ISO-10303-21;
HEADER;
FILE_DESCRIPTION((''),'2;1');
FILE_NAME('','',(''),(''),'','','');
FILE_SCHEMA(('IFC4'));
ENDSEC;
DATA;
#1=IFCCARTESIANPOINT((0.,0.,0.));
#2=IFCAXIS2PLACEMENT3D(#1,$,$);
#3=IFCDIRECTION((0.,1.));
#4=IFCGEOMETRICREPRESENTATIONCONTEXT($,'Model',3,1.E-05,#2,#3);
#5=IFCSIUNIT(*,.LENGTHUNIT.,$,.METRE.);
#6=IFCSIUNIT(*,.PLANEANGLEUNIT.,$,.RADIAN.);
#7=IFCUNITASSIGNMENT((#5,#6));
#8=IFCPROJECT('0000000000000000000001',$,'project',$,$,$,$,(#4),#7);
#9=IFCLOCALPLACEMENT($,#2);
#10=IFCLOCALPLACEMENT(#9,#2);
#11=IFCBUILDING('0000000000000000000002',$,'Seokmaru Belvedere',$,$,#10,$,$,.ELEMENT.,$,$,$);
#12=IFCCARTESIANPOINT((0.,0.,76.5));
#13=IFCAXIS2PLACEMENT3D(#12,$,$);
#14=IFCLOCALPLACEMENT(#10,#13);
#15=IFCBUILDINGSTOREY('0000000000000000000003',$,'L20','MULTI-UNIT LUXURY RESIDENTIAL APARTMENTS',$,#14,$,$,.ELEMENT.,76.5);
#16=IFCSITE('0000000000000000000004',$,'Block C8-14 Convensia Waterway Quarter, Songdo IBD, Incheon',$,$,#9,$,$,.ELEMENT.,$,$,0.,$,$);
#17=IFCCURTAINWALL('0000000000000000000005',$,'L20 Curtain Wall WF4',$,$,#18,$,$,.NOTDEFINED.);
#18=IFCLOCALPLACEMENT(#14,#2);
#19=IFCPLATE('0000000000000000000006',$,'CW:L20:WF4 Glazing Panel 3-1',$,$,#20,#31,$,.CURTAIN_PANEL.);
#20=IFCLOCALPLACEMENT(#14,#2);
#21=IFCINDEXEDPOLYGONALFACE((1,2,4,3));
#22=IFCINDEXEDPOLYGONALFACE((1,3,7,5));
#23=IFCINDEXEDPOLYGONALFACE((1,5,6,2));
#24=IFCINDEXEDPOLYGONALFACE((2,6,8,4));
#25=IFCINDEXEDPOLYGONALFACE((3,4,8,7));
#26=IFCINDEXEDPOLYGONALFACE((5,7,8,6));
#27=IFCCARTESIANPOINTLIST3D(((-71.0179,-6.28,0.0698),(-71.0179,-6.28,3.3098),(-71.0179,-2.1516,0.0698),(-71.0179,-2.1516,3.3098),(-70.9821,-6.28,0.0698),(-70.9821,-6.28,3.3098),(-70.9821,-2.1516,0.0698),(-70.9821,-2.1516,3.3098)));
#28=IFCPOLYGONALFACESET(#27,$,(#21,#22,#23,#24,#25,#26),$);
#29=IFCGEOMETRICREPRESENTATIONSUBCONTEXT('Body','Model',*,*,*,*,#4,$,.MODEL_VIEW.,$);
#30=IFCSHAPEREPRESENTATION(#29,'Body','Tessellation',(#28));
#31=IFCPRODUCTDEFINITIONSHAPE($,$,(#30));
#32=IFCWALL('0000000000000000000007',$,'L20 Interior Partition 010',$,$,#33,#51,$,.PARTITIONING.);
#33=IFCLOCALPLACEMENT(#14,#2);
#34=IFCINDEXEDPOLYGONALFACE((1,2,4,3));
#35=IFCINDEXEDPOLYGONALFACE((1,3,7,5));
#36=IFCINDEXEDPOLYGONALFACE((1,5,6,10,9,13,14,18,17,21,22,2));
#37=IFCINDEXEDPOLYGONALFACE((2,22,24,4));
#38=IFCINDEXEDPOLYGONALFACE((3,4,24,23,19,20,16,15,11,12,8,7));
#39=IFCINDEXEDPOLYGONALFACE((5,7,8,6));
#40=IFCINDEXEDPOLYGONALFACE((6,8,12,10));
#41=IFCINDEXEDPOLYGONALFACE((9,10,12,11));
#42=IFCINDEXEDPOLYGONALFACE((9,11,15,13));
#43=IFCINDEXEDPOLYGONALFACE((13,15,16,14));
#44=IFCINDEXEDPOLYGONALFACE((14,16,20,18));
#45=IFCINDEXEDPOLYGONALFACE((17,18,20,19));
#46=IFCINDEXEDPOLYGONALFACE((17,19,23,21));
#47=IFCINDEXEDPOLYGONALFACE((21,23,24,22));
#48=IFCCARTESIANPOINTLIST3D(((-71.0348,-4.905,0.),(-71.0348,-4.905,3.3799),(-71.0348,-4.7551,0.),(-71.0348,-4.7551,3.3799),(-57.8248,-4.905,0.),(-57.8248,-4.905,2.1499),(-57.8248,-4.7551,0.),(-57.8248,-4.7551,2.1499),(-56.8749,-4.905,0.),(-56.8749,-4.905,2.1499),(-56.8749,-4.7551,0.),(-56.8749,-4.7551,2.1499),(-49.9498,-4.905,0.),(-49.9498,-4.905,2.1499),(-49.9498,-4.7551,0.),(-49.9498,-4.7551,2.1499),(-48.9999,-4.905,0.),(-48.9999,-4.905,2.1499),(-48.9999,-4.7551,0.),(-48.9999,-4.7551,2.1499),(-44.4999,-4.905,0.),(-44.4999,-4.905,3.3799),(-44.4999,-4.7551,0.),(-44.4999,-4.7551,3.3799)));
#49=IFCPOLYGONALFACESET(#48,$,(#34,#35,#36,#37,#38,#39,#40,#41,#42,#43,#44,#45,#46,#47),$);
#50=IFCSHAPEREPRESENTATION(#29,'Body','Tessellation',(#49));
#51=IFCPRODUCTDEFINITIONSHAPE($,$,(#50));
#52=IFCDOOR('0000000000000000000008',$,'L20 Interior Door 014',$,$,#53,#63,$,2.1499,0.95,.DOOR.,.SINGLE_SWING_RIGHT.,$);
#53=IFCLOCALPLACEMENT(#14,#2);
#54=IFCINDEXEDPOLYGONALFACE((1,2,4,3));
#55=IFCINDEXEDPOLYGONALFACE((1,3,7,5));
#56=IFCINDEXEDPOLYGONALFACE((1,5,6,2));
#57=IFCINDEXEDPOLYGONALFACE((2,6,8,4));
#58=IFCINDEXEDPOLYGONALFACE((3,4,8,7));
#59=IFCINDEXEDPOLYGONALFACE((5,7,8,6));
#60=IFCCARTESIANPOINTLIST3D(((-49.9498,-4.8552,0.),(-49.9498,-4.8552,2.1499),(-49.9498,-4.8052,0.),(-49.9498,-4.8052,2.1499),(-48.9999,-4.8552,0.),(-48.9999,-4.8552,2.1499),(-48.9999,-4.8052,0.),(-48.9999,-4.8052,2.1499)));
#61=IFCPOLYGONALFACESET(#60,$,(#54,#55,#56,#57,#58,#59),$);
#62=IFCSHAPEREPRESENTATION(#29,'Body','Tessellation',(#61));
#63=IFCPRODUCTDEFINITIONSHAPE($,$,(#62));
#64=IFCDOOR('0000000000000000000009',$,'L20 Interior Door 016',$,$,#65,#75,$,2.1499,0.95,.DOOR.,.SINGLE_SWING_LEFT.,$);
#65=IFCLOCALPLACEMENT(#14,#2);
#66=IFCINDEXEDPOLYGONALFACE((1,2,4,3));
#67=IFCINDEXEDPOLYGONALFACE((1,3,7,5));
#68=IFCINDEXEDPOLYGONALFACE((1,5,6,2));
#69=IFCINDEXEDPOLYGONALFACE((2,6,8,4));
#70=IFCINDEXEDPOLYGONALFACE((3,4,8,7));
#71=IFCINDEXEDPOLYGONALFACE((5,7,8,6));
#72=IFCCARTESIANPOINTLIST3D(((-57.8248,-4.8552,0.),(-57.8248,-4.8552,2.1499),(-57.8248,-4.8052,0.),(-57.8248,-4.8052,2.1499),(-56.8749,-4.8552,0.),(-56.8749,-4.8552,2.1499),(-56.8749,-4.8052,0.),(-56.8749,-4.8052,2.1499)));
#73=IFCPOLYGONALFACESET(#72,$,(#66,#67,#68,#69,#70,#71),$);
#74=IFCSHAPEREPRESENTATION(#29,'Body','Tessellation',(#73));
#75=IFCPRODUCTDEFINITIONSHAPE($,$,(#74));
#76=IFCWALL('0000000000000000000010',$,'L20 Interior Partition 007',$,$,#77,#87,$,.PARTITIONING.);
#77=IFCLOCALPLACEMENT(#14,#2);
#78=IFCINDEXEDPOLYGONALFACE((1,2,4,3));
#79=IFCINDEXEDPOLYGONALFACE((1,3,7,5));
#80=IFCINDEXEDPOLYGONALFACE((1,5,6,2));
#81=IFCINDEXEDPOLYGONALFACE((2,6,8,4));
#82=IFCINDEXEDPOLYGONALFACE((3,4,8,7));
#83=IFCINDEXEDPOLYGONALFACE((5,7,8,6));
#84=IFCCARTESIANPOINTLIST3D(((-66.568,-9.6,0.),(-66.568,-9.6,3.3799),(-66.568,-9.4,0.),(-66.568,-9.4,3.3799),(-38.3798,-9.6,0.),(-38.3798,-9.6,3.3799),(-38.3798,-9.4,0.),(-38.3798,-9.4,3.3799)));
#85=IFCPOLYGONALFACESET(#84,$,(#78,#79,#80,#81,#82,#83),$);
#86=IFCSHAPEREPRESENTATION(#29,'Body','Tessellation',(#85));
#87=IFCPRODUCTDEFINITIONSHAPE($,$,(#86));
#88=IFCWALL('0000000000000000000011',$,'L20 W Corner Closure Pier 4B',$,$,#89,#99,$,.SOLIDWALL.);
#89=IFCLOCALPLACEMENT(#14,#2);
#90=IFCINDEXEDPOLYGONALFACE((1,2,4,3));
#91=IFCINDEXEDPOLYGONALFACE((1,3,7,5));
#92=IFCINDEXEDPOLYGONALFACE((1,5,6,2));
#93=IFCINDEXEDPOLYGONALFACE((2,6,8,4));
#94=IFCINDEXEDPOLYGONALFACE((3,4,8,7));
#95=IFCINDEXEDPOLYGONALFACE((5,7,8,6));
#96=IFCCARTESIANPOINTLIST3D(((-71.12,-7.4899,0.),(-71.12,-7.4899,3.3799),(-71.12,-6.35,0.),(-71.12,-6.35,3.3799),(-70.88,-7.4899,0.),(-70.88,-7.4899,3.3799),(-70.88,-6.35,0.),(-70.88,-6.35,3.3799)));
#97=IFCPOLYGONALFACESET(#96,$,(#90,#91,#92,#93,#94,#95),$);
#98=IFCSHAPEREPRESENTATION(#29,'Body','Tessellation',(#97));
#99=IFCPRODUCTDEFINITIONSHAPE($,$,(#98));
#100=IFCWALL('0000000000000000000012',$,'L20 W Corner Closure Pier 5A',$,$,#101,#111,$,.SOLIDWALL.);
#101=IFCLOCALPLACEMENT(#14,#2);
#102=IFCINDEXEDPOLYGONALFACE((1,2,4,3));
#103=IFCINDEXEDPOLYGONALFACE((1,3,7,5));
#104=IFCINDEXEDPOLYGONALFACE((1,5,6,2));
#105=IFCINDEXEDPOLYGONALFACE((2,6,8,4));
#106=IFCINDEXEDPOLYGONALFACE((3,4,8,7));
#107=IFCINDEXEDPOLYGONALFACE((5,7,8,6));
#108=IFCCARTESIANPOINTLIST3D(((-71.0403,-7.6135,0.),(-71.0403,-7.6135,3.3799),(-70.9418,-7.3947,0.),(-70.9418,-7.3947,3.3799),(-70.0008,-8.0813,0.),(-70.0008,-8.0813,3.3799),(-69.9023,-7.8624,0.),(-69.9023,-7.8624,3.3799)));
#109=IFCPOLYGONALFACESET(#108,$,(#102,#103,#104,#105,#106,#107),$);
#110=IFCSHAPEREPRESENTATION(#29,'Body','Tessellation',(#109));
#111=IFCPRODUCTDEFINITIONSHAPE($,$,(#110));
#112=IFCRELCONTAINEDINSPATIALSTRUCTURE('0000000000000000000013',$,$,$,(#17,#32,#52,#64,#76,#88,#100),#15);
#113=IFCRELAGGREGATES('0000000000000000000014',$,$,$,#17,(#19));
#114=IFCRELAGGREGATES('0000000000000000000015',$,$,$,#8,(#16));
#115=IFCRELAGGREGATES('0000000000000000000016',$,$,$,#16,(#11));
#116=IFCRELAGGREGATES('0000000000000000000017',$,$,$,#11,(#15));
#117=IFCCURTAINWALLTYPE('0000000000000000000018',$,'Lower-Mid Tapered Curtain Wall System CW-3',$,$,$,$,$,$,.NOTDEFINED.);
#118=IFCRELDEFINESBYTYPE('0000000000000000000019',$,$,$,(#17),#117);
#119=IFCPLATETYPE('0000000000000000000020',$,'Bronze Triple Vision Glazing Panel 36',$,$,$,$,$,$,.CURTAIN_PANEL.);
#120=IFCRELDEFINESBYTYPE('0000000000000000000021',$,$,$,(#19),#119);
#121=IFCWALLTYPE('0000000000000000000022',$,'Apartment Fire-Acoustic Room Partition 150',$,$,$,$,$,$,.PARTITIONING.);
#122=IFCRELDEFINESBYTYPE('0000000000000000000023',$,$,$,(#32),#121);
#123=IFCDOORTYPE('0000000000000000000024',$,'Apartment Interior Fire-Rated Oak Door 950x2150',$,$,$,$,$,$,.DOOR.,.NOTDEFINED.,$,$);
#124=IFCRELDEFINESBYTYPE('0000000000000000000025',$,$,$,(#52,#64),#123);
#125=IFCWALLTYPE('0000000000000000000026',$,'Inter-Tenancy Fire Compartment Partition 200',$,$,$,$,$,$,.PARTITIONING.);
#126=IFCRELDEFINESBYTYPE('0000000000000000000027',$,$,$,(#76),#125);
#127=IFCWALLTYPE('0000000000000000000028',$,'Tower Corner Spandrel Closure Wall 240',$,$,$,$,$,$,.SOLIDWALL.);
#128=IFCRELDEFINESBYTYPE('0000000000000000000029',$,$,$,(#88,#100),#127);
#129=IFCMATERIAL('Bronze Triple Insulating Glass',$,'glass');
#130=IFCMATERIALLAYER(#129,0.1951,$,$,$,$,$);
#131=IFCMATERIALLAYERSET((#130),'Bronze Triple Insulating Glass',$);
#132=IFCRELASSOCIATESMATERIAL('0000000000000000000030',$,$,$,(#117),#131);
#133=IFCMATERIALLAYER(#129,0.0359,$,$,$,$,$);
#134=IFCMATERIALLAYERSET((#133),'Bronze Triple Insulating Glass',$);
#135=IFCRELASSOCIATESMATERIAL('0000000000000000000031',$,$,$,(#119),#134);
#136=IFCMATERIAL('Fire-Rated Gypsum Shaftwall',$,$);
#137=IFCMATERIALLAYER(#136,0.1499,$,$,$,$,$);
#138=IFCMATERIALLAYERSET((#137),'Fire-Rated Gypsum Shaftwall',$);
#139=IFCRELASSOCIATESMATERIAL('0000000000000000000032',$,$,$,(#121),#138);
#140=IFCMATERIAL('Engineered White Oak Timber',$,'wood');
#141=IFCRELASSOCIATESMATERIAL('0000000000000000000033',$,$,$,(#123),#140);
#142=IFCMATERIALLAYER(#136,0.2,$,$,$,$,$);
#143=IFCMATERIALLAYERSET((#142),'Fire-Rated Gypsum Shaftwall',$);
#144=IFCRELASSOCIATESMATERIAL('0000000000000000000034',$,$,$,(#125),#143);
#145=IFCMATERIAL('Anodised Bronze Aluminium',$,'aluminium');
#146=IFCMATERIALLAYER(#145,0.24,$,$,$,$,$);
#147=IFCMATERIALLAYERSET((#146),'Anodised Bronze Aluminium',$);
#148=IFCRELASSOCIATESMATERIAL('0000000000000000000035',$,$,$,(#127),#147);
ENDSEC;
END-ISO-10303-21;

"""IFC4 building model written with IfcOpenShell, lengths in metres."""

from ifc_helpers import new_model, si_unit, direction, frame, frame_2d, origin, origin_2d, place, context, subcontext, project, spatial, rectangle, extrude, source, transform, mapped, material, layer, layer_set, type_object, type_shapes, element, fill, aggregate, save


model = new_model("IFC4")

# Units and contexts
model_context = context("Model", 3, precision=1e-05, world=origin(), true_north=direction((0.0, 1.0)))
body_context = subcontext(model_context, "Body", "Model", "MODEL_VIEW")
ifc_project = project(units=[si_unit("LENGTHUNIT", "METRE"), si_unit("PLANEANGLEUNIT", "RADIAN")], contexts=[model_context])

# Site, building, storey
site_placement = place(None, origin())
site = spatial("IfcSite", under=ifc_project, at=site_placement, Name="Block C8-14 Convensia Waterway Quarter, Songdo IBD, Incheon", CompositionType="ELEMENT", RefElevation=0.0)
building_placement = place(site_placement, origin())
building = spatial("IfcBuilding", under=site, at=building_placement, Name="Seokmaru Belvedere", CompositionType="ELEMENT")
storey_placement = place(building_placement, frame((0.0, 0.0, 76.5)))
storey = spatial("IfcBuildingStorey", under=building, at=storey_placement, Name="L20", Description="MULTI-UNIT LUXURY RESIDENTIAL APARTMENTS", CompositionType="ELEMENT", Elevation=76.5)

# Curtain wall
ifc_material_1 = material(Name="Bronze Triple Insulating Glass", Category="glass")
ifc_layer_1 = layer(ifc_material_1, 0.1951)
ifc_layer_set_1 = layer_set([ifc_layer_1], Name="Bronze Triple Insulating Glass")
curtain_wall_type = type_object("IfcCurtainWallType", Name="Lower-Mid Tapered Curtain Wall System CW-3", PredefinedType="NOTDEFINED", material=ifc_layer_set_1)
curtain_wall_1_placement = place(storey_placement, origin())
curtain_wall_1 = element("IfcCurtainWall", 1, at=curtain_wall_1_placement, inside=storey, type_object=curtain_wall_type, Name="L20 Curtain Wall WF4", PredefinedType="NOTDEFINED")
ifc_material_2 = material(Name="Anodised Bronze Aluminium", Category="aluminium")

# Plate
ifc_layer_2 = layer(ifc_material_1, 0.0359)
ifc_layer_set_2 = layer_set([ifc_layer_2], Name="Bronze Triple Insulating Glass")
plate_type = type_object("IfcPlateType", Name="Bronze Triple Vision Glazing Panel 36", PredefinedType="CURTAIN_PANEL", material=ifc_layer_set_2)
shared_shape_1 = source(origin(), body_context, "Body", "SweptSolid", [
    extrude(rectangle(XDim=4.1284, YDim=0.0359, at=origin_2d()), origin(), (0.0, 0.0, 1.0), 3.24),
])
plate_1_placement = place(storey_placement, frame((-71.0, -4.2158, 0.0698), z_axis=(0.0, 0.0, 1.0), x_axis=(0.0, -1.0, 0.0)))
plate_1 = element("IfcPlate", 2, at=plate_1_placement, type_object=plate_type, Name="CW:L20:WF4 Glazing Panel 3-1", PredefinedType="CURTAIN_PANEL", context=body_context, shape_type="MappedRepresentation", body=[
    mapped(shared_shape_1, transform((0.0, 0.0, 0.0), scale=1.0)),
])
aggregate(curtain_wall_1, [plate_1])

# Wall, openings, doors
ifc_material_3 = material(Name="Fire-Rated Gypsum Shaftwall")
ifc_layer_3 = layer(ifc_material_3, 0.1499)
ifc_layer_set_3 = layer_set([ifc_layer_3], Name="Fire-Rated Gypsum Shaftwall")
wall_type_1 = type_object("IfcWallType", Name="Apartment Fire-Acoustic Room Partition 150", PredefinedType="PARTITIONING", material=ifc_layer_set_3)
wall_1_placement = place(storey_placement, frame((-71.0349, -4.8301, 0.0), z_axis=(0.0, 0.0, 1.0), x_axis=(1.0, 0.0, 0.0)))
wall_1 = element("IfcWall", 3, at=wall_1_placement, inside=storey, type_object=wall_type_1, Name="L20 Interior Partition 010", PredefinedType="PARTITIONING", context=body_context, shape_type="SweptSolid", body=[
    extrude(rectangle(XDim=26.5349, YDim=0.1499, at=frame_2d((13.2676, 0.0))), origin(), (0.0, 0.0, 1.0), 3.3799),
])
opening_1_placement = place(wall_1_placement, frame((21.085, 0.0, 0.0)))
opening_1 = element("IfcOpeningElement", 4, at=opening_1_placement, cuts=wall_1, PredefinedType="OPENING", context=body_context, shape_type="SweptSolid", body=[
    extrude(rectangle(XDim=0.95, YDim=2.1499, at=frame_2d((0.4751, 1.075))), frame((0.0, 0.085, 0.0), z_axis=(0.0, -1.0, 0.0), x_axis=(1.0, 0.0, 0.0)), (0.0, 0.0, 1.0), 0.1699),
])
opening_2_placement = place(wall_1_placement, frame((13.21, 0.0, 0.0)))
opening_2 = element("IfcOpeningElement", 5, at=opening_2_placement, cuts=wall_1, PredefinedType="OPENING", context=body_context, shape_type="SweptSolid", body=[
    extrude(rectangle(XDim=0.95, YDim=2.1499, at=frame_2d((0.4751, 1.075))), frame((0.0, 0.085, 0.0), z_axis=(0.0, -1.0, 0.0), x_axis=(1.0, 0.0, 0.0)), (0.0, 0.0, 1.0), 0.1699),
])
ifc_material_4 = material(Name="Engineered White Oak Timber", Category="wood")
door_type = type_object("IfcDoorType", Name="Apartment Interior Fire-Rated Oak Door 950x2150", OperationType="NOTDEFINED", PredefinedType="DOOR", material=ifc_material_4)
shared_shape_2 = source(origin(), body_context, "Body", "SweptSolid", [
    extrude(rectangle(XDim=0.95, YDim=2.1499, at=frame_2d((0.4751, 1.075))), frame((0.0, 0.0249, 0.0), z_axis=(0.0, -1.0, 0.0), x_axis=(1.0, 0.0, 0.0)), (0.0, 0.0, 1.0), 0.05),
])
type_shapes(door_type, [shared_shape_2])
door_1_placement = place(opening_1_placement, origin())
door_1 = element("IfcDoor", 6, at=door_1_placement, inside=storey, type_object=door_type, Name="L20 Interior Door 014", OperationType="SINGLE_SWING_RIGHT", OverallHeight=2.1499, OverallWidth=0.95, PredefinedType="DOOR", context=body_context, shape_type="MappedRepresentation", body=[
    mapped(shared_shape_2, transform((0.0, 0.0, 0.0), scale=1.0)),
])
fill(opening_1, door_1)
door_2_placement = place(opening_2_placement, origin())
door_2 = element("IfcDoor", 7, at=door_2_placement, inside=storey, type_object=door_type, Name="L20 Interior Door 016", OperationType="SINGLE_SWING_LEFT", OverallHeight=2.1499, OverallWidth=0.95, PredefinedType="DOOR", context=body_context, shape_type="MappedRepresentation", body=[
    mapped(shared_shape_2, transform((0.0, 0.0, 0.0), scale=1.0)),
])
fill(opening_2, door_2)

# Walls
ifc_layer_4 = layer(ifc_material_3, 0.2)
ifc_layer_set_4 = layer_set([ifc_layer_4], Name="Fire-Rated Gypsum Shaftwall")
wall_type_2 = type_object("IfcWallType", Name="Inter-Tenancy Fire Compartment Partition 200", PredefinedType="PARTITIONING", material=ifc_layer_set_4)
wall_2_placement = place(storey_placement, frame((-66.5681, -9.5, 0.0), z_axis=(0.0, 0.0, 1.0), x_axis=(1.0, 0.0, 0.0)))
element("IfcWall", 8, at=wall_2_placement, inside=storey, type_object=wall_type_2, Name="L20 Interior Partition 007", PredefinedType="PARTITIONING", context=body_context, shape_type="SweptSolid", body=[
    extrude(rectangle(XDim=28.1882, YDim=0.2, at=frame_2d((14.0942, 0.0))), origin(), (0.0, 0.0, 1.0), 3.3799),
])
ifc_layer_5 = layer(ifc_material_2, 0.24)
ifc_layer_set_5 = layer_set([ifc_layer_5], Name="Anodised Bronze Aluminium")
wall_type_3 = type_object("IfcWallType", Name="Tower Corner Spandrel Closure Wall 240", PredefinedType="SOLIDWALL", material=ifc_layer_set_5)
for number, where, z_axis, x_axis, name in (
    (9, (-71.0, -6.3501, 0.0), (0.0, 0.0, 1.0), (0.0, -1.0, 0.0), "L20 W Corner Closure Pier 4B"),
    (10, (-70.991, -7.5042, 0.0), (0.0, 0.0, 1.0), (0.91193, -0.410347, 0.0), "L20 W Corner Closure Pier 5A"),
):
    element("IfcWall", number, at=place(storey_placement, frame(where, z_axis=z_axis, x_axis=x_axis)), inside=storey, type_object=wall_type_3, Name=name, PredefinedType="SOLIDWALL", context=body_context, shape_type="SweptSolid", body=[
        extrude(rectangle(XDim=1.1399, YDim=0.24, at=frame_2d((0.5698, 0.0))), origin(), (0.0, 0.0, 1.0), 3.3799),
    ])

save(model, "model.ifc")
